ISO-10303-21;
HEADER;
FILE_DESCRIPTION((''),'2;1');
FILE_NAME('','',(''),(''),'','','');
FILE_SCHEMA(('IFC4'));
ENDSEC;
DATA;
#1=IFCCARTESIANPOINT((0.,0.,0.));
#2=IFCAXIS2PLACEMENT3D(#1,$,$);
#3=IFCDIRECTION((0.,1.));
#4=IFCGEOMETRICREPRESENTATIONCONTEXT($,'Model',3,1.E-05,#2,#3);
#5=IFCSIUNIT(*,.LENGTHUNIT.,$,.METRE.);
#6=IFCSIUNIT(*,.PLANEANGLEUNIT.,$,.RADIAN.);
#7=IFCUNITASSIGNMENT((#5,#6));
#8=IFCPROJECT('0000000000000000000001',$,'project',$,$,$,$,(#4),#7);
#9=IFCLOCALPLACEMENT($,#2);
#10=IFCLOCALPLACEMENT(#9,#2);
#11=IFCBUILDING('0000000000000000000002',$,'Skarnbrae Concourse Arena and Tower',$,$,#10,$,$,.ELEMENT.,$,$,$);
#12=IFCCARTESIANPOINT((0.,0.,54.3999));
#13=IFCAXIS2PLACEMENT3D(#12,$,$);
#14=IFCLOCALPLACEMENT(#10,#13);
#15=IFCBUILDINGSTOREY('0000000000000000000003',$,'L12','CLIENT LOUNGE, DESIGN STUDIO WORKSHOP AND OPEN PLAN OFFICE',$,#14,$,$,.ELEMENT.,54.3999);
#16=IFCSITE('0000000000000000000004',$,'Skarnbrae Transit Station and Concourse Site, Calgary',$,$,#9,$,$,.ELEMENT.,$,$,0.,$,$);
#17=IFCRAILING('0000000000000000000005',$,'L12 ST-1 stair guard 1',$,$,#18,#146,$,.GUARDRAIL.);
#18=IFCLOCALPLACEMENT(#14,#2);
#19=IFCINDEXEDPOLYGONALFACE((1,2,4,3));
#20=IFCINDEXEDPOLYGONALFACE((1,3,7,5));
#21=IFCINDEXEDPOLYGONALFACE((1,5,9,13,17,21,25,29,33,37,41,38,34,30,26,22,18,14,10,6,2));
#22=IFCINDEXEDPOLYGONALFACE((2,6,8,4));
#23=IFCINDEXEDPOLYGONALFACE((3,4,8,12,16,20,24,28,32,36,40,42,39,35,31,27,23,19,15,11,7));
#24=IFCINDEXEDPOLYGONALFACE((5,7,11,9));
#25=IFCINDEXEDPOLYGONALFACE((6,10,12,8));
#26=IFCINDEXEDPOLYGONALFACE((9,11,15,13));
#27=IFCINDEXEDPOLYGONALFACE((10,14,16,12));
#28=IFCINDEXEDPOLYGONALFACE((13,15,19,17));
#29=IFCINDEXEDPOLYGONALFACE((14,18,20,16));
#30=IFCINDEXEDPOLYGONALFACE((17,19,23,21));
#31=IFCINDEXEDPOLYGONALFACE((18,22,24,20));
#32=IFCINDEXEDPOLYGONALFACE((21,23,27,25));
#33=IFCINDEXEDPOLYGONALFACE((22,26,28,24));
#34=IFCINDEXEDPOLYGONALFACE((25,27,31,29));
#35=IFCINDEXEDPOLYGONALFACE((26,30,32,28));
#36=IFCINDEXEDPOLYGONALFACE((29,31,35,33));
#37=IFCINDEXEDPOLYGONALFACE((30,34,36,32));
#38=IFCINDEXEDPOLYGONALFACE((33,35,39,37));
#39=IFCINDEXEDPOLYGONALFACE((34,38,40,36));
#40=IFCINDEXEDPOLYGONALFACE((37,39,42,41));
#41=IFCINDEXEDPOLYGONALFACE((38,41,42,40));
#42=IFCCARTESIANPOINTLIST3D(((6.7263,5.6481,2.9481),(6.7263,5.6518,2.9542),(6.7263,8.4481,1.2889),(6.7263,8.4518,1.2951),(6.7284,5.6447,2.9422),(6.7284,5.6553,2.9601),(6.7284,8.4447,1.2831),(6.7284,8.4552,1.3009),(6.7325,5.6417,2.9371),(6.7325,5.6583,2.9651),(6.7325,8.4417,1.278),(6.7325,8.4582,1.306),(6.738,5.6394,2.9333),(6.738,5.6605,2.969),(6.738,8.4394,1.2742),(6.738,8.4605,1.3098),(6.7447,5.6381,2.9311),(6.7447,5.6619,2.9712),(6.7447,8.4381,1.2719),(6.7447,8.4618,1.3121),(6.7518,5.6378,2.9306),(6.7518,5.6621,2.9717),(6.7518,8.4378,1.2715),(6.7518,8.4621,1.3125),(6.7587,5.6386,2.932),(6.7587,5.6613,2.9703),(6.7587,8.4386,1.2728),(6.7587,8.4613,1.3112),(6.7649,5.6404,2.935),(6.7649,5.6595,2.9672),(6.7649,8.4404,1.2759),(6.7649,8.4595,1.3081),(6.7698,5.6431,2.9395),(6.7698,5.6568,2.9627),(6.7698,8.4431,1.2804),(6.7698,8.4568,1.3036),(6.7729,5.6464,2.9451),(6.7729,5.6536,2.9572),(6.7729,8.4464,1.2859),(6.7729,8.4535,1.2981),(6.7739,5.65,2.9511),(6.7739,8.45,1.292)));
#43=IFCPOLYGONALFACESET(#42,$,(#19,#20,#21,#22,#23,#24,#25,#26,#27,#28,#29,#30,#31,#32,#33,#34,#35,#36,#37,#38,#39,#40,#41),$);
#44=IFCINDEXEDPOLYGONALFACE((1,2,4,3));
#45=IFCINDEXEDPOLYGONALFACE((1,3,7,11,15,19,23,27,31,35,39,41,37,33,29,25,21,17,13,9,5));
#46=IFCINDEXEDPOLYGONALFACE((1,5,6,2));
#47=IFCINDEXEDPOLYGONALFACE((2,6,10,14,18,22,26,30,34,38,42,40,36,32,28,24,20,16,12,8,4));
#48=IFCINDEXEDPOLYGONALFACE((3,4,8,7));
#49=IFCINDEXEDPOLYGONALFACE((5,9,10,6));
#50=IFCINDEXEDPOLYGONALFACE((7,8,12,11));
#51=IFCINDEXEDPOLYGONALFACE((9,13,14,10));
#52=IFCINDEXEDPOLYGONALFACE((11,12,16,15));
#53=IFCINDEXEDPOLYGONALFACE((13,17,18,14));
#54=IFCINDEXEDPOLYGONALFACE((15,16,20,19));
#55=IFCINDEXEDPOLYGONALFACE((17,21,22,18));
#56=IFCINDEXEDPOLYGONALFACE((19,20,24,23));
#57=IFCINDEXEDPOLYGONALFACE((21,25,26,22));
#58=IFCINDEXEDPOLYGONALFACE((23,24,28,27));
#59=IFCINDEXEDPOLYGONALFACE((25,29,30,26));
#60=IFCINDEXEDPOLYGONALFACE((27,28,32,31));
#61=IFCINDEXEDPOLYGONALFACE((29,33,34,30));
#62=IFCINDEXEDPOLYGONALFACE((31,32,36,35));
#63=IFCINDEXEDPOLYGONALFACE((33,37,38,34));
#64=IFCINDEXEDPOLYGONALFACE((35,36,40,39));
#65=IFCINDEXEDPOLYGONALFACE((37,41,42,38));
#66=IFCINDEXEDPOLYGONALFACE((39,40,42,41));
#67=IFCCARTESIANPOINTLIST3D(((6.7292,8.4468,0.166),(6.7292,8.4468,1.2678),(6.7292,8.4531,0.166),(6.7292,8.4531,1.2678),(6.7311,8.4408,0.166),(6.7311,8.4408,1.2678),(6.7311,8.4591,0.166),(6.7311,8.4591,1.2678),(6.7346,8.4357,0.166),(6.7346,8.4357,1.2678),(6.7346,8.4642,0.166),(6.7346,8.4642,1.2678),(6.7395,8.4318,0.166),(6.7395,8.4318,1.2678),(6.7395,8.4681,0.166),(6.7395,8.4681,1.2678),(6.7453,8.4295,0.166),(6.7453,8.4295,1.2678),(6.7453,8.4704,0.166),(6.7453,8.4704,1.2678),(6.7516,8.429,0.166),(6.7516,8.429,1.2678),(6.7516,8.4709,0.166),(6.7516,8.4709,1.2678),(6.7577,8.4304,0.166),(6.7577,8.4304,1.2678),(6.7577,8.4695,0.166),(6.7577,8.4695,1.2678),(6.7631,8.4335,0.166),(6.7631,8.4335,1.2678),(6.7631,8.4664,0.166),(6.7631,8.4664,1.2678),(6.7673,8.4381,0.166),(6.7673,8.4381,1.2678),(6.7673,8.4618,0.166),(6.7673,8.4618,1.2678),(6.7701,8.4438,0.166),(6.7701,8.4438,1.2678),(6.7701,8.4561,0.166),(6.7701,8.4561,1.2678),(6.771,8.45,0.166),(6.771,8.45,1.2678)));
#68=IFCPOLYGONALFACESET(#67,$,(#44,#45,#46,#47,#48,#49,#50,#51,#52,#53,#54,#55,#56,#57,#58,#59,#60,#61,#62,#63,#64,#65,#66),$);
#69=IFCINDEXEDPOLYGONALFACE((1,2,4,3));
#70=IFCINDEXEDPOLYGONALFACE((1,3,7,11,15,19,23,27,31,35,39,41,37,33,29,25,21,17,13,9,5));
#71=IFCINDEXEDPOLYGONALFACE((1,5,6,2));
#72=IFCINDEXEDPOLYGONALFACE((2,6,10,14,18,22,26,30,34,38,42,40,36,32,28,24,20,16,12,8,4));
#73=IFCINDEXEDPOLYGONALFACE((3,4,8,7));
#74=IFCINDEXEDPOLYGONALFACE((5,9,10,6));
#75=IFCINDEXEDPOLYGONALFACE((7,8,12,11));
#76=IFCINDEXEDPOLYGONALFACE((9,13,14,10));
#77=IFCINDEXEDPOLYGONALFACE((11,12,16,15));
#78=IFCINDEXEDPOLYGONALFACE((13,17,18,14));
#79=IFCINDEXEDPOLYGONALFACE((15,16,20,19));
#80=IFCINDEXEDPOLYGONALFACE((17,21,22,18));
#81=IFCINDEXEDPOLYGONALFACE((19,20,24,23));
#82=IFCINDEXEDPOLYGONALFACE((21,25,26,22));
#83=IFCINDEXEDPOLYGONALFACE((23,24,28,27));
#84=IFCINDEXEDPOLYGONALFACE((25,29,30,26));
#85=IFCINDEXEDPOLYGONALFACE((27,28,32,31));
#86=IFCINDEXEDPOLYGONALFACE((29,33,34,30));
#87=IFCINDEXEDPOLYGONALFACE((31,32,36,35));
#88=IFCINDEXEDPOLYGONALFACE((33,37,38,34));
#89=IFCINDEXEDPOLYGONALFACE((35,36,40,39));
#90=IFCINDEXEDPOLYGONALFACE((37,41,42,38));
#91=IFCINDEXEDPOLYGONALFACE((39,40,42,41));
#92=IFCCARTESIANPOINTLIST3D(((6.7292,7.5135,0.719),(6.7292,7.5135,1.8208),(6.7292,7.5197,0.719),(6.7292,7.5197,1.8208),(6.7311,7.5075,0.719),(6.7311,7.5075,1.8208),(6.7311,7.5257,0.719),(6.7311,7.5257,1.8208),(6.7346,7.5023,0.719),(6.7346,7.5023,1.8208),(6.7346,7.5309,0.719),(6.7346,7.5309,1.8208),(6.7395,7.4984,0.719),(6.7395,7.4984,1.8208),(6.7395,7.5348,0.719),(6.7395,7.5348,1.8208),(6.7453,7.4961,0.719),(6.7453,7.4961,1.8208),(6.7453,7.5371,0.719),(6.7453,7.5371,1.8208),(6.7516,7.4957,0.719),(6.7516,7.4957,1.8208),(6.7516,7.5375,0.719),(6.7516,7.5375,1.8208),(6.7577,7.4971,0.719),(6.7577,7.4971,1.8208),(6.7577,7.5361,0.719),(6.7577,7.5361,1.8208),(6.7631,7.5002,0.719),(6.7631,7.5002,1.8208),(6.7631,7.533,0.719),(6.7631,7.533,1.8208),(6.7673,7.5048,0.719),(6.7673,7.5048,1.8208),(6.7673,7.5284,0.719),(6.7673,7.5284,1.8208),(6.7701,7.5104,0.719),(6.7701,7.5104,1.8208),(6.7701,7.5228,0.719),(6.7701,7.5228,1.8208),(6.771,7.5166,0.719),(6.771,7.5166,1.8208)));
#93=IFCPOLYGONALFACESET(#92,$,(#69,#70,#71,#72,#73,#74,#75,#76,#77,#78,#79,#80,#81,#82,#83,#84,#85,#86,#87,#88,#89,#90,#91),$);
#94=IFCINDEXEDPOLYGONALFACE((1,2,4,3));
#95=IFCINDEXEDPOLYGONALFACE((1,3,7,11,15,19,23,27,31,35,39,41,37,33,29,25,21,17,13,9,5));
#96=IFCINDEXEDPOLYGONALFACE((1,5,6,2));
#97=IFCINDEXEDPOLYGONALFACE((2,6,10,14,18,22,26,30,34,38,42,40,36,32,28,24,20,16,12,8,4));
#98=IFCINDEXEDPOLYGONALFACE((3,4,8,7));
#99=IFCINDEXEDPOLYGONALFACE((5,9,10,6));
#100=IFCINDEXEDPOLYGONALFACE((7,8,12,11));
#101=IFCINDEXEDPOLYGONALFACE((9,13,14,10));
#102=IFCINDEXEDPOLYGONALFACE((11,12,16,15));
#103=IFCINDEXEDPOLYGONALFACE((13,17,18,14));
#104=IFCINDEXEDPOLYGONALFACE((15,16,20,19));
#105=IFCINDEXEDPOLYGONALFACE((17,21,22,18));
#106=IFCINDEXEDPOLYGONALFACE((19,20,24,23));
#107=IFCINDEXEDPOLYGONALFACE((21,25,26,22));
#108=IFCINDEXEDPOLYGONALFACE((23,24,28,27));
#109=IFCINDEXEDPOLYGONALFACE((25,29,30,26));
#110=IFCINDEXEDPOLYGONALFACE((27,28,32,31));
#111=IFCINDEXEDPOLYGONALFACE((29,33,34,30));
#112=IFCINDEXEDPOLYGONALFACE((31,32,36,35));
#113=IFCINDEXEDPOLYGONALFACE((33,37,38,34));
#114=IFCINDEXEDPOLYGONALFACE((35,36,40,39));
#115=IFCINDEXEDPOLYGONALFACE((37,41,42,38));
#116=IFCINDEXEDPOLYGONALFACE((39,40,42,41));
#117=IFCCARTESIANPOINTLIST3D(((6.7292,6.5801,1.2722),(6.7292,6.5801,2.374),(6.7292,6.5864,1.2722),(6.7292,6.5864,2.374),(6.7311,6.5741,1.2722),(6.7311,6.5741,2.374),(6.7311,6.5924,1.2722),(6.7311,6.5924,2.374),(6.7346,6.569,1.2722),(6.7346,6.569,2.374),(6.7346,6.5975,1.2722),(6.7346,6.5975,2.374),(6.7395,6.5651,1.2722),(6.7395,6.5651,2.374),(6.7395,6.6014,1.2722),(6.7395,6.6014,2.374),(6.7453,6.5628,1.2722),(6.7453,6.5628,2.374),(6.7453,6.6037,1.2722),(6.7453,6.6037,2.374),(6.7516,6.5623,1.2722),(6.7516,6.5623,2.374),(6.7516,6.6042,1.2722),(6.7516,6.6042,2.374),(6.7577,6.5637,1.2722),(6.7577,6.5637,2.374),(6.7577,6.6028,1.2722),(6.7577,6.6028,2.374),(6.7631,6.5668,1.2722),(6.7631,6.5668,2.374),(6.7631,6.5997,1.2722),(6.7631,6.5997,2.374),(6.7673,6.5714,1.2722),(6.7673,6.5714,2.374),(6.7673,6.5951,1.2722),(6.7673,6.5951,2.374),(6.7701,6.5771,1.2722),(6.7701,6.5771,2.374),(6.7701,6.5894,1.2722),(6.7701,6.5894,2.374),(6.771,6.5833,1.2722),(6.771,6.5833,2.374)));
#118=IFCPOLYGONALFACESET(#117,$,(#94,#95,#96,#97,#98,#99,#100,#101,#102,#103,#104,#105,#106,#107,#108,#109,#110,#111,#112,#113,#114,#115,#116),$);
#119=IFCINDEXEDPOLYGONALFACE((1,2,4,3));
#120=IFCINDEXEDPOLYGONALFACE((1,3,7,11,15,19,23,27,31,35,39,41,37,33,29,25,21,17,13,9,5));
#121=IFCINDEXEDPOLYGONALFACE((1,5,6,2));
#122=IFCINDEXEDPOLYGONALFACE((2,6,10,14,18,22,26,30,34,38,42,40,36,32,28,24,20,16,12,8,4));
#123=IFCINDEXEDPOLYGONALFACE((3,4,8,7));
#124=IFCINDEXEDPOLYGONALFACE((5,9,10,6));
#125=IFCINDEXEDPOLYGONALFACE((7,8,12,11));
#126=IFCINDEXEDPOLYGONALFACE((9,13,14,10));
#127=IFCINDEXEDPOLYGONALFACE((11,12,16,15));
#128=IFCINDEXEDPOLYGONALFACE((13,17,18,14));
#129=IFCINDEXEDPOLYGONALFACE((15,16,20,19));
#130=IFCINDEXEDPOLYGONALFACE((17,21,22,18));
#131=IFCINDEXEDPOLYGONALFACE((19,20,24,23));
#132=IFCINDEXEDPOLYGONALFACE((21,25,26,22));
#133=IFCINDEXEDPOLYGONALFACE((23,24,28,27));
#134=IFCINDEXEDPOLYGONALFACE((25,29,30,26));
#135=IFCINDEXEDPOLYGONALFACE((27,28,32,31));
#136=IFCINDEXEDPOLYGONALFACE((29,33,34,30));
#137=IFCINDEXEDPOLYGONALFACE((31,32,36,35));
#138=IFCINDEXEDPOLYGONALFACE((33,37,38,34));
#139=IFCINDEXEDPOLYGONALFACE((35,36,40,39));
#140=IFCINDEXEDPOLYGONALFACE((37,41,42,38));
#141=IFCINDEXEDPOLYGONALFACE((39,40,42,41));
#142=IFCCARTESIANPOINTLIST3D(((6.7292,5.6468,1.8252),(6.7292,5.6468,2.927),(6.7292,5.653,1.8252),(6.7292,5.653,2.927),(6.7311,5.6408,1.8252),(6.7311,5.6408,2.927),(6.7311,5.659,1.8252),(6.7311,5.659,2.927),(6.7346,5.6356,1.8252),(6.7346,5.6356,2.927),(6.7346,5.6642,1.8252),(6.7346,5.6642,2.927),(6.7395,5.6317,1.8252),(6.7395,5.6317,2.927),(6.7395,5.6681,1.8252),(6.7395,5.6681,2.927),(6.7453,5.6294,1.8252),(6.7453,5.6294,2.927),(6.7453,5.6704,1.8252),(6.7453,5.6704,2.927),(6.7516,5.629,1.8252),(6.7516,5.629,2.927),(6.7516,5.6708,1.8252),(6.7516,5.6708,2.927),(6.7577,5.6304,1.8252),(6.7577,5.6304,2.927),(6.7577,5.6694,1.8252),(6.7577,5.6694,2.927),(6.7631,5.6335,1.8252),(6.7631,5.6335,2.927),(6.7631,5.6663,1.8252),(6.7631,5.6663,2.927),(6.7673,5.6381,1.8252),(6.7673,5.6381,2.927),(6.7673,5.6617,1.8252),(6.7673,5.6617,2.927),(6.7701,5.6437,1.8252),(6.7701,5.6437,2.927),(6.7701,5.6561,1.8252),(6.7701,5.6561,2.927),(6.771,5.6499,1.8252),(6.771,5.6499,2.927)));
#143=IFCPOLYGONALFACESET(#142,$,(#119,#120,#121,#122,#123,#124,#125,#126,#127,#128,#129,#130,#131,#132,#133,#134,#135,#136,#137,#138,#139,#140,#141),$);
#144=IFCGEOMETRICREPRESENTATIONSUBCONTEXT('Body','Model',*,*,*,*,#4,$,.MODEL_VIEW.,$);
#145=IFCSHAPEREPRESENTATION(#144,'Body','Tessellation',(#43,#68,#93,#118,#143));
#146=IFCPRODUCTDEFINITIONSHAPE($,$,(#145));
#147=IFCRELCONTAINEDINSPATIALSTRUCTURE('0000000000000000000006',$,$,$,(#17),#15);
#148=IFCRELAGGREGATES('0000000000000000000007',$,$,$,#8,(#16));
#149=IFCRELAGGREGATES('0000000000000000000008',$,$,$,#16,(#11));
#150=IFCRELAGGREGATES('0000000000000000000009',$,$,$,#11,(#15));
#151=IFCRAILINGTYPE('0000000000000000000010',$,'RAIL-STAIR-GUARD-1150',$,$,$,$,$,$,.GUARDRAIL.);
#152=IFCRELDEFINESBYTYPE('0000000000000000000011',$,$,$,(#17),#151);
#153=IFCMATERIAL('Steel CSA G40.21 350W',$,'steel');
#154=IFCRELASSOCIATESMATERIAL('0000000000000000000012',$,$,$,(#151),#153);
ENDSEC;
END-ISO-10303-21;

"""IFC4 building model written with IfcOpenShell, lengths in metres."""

from ifc_helpers import new_model, si_unit, direction, frame, origin, origin_2d, place, context, subcontext, project, spatial, circle, extrude, material, type_object, element, save


model = new_model("IFC4")

# Units and contexts
model_context = context("Model", 3, precision=1e-05, world=origin(), true_north=direction((0.0, 1.0)))
body_context = subcontext(model_context, "Body", "Model", "MODEL_VIEW")
ifc_project = project(units=[si_unit("LENGTHUNIT", "METRE"), si_unit("PLANEANGLEUNIT", "RADIAN")], contexts=[model_context])

# Site, building, storey
site_placement = place(None, origin())
site = spatial("IfcSite", under=ifc_project, at=site_placement, Name="Skarnbrae Transit Station and Concourse Site, Calgary", CompositionType="ELEMENT", RefElevation=0.0)
building_placement = place(site_placement, origin())
building = spatial("IfcBuilding", under=site, at=building_placement, Name="Skarnbrae Concourse Arena and Tower", CompositionType="ELEMENT")
storey_placement = place(building_placement, frame((0.0, 0.0, 54.3999)))
storey = spatial("IfcBuildingStorey", under=building, at=storey_placement, Name="L12", Description="CLIENT LOUNGE, DESIGN STUDIO WORKSHOP AND OPEN PLAN OFFICE", CompositionType="ELEMENT", Elevation=54.3999)

# Shared definitions
ifc_material_1 = material(Name="Steel CSA G40.21 350W", Category="steel")

# Railing
railing_type_1 = type_object("IfcRailingType", Name="RAIL-STAIR-GUARD-1150", PredefinedType="GUARDRAIL", material=ifc_material_1)
railing_1_placement = place(storey_placement, frame((6.75, 8.45, 0.166)))
element("IfcRailing", 1, at=railing_1_placement, inside=storey, type_object=railing_type_1, Name="L12 ST-1 stair guard 1", PredefinedType="GUARDRAIL", context=body_context, shape_type="SweptSolid", body=[
    extrude(circle(Radius=0.0239, at=origin_2d()), frame((0.0, 0.0, 1.126), z_axis=(0.0, -0.860306, 0.509778), x_axis=(1.0, 0.0, 0.0)), (0.0, 0.0, 1.0), 3.2546),
    extrude(circle(Radius=0.021, at=origin_2d()), origin(), (0.0, 0.0, 1.0), 1.1018),
    extrude(circle(Radius=0.021, at=origin_2d()), frame((0.0, -0.9333, 0.553)), (0.0, 0.0, 1.0), 1.1018),
    extrude(circle(Radius=0.021, at=origin_2d()), frame((0.0, -1.8667, 1.1062)), (0.0, 0.0, 1.0), 1.1018),
    extrude(circle(Radius=0.021, at=origin_2d()), frame((0.0, -2.8, 1.6592)), (0.0, 0.0, 1.0), 1.1018),
])

save(model, "model.ifc")
